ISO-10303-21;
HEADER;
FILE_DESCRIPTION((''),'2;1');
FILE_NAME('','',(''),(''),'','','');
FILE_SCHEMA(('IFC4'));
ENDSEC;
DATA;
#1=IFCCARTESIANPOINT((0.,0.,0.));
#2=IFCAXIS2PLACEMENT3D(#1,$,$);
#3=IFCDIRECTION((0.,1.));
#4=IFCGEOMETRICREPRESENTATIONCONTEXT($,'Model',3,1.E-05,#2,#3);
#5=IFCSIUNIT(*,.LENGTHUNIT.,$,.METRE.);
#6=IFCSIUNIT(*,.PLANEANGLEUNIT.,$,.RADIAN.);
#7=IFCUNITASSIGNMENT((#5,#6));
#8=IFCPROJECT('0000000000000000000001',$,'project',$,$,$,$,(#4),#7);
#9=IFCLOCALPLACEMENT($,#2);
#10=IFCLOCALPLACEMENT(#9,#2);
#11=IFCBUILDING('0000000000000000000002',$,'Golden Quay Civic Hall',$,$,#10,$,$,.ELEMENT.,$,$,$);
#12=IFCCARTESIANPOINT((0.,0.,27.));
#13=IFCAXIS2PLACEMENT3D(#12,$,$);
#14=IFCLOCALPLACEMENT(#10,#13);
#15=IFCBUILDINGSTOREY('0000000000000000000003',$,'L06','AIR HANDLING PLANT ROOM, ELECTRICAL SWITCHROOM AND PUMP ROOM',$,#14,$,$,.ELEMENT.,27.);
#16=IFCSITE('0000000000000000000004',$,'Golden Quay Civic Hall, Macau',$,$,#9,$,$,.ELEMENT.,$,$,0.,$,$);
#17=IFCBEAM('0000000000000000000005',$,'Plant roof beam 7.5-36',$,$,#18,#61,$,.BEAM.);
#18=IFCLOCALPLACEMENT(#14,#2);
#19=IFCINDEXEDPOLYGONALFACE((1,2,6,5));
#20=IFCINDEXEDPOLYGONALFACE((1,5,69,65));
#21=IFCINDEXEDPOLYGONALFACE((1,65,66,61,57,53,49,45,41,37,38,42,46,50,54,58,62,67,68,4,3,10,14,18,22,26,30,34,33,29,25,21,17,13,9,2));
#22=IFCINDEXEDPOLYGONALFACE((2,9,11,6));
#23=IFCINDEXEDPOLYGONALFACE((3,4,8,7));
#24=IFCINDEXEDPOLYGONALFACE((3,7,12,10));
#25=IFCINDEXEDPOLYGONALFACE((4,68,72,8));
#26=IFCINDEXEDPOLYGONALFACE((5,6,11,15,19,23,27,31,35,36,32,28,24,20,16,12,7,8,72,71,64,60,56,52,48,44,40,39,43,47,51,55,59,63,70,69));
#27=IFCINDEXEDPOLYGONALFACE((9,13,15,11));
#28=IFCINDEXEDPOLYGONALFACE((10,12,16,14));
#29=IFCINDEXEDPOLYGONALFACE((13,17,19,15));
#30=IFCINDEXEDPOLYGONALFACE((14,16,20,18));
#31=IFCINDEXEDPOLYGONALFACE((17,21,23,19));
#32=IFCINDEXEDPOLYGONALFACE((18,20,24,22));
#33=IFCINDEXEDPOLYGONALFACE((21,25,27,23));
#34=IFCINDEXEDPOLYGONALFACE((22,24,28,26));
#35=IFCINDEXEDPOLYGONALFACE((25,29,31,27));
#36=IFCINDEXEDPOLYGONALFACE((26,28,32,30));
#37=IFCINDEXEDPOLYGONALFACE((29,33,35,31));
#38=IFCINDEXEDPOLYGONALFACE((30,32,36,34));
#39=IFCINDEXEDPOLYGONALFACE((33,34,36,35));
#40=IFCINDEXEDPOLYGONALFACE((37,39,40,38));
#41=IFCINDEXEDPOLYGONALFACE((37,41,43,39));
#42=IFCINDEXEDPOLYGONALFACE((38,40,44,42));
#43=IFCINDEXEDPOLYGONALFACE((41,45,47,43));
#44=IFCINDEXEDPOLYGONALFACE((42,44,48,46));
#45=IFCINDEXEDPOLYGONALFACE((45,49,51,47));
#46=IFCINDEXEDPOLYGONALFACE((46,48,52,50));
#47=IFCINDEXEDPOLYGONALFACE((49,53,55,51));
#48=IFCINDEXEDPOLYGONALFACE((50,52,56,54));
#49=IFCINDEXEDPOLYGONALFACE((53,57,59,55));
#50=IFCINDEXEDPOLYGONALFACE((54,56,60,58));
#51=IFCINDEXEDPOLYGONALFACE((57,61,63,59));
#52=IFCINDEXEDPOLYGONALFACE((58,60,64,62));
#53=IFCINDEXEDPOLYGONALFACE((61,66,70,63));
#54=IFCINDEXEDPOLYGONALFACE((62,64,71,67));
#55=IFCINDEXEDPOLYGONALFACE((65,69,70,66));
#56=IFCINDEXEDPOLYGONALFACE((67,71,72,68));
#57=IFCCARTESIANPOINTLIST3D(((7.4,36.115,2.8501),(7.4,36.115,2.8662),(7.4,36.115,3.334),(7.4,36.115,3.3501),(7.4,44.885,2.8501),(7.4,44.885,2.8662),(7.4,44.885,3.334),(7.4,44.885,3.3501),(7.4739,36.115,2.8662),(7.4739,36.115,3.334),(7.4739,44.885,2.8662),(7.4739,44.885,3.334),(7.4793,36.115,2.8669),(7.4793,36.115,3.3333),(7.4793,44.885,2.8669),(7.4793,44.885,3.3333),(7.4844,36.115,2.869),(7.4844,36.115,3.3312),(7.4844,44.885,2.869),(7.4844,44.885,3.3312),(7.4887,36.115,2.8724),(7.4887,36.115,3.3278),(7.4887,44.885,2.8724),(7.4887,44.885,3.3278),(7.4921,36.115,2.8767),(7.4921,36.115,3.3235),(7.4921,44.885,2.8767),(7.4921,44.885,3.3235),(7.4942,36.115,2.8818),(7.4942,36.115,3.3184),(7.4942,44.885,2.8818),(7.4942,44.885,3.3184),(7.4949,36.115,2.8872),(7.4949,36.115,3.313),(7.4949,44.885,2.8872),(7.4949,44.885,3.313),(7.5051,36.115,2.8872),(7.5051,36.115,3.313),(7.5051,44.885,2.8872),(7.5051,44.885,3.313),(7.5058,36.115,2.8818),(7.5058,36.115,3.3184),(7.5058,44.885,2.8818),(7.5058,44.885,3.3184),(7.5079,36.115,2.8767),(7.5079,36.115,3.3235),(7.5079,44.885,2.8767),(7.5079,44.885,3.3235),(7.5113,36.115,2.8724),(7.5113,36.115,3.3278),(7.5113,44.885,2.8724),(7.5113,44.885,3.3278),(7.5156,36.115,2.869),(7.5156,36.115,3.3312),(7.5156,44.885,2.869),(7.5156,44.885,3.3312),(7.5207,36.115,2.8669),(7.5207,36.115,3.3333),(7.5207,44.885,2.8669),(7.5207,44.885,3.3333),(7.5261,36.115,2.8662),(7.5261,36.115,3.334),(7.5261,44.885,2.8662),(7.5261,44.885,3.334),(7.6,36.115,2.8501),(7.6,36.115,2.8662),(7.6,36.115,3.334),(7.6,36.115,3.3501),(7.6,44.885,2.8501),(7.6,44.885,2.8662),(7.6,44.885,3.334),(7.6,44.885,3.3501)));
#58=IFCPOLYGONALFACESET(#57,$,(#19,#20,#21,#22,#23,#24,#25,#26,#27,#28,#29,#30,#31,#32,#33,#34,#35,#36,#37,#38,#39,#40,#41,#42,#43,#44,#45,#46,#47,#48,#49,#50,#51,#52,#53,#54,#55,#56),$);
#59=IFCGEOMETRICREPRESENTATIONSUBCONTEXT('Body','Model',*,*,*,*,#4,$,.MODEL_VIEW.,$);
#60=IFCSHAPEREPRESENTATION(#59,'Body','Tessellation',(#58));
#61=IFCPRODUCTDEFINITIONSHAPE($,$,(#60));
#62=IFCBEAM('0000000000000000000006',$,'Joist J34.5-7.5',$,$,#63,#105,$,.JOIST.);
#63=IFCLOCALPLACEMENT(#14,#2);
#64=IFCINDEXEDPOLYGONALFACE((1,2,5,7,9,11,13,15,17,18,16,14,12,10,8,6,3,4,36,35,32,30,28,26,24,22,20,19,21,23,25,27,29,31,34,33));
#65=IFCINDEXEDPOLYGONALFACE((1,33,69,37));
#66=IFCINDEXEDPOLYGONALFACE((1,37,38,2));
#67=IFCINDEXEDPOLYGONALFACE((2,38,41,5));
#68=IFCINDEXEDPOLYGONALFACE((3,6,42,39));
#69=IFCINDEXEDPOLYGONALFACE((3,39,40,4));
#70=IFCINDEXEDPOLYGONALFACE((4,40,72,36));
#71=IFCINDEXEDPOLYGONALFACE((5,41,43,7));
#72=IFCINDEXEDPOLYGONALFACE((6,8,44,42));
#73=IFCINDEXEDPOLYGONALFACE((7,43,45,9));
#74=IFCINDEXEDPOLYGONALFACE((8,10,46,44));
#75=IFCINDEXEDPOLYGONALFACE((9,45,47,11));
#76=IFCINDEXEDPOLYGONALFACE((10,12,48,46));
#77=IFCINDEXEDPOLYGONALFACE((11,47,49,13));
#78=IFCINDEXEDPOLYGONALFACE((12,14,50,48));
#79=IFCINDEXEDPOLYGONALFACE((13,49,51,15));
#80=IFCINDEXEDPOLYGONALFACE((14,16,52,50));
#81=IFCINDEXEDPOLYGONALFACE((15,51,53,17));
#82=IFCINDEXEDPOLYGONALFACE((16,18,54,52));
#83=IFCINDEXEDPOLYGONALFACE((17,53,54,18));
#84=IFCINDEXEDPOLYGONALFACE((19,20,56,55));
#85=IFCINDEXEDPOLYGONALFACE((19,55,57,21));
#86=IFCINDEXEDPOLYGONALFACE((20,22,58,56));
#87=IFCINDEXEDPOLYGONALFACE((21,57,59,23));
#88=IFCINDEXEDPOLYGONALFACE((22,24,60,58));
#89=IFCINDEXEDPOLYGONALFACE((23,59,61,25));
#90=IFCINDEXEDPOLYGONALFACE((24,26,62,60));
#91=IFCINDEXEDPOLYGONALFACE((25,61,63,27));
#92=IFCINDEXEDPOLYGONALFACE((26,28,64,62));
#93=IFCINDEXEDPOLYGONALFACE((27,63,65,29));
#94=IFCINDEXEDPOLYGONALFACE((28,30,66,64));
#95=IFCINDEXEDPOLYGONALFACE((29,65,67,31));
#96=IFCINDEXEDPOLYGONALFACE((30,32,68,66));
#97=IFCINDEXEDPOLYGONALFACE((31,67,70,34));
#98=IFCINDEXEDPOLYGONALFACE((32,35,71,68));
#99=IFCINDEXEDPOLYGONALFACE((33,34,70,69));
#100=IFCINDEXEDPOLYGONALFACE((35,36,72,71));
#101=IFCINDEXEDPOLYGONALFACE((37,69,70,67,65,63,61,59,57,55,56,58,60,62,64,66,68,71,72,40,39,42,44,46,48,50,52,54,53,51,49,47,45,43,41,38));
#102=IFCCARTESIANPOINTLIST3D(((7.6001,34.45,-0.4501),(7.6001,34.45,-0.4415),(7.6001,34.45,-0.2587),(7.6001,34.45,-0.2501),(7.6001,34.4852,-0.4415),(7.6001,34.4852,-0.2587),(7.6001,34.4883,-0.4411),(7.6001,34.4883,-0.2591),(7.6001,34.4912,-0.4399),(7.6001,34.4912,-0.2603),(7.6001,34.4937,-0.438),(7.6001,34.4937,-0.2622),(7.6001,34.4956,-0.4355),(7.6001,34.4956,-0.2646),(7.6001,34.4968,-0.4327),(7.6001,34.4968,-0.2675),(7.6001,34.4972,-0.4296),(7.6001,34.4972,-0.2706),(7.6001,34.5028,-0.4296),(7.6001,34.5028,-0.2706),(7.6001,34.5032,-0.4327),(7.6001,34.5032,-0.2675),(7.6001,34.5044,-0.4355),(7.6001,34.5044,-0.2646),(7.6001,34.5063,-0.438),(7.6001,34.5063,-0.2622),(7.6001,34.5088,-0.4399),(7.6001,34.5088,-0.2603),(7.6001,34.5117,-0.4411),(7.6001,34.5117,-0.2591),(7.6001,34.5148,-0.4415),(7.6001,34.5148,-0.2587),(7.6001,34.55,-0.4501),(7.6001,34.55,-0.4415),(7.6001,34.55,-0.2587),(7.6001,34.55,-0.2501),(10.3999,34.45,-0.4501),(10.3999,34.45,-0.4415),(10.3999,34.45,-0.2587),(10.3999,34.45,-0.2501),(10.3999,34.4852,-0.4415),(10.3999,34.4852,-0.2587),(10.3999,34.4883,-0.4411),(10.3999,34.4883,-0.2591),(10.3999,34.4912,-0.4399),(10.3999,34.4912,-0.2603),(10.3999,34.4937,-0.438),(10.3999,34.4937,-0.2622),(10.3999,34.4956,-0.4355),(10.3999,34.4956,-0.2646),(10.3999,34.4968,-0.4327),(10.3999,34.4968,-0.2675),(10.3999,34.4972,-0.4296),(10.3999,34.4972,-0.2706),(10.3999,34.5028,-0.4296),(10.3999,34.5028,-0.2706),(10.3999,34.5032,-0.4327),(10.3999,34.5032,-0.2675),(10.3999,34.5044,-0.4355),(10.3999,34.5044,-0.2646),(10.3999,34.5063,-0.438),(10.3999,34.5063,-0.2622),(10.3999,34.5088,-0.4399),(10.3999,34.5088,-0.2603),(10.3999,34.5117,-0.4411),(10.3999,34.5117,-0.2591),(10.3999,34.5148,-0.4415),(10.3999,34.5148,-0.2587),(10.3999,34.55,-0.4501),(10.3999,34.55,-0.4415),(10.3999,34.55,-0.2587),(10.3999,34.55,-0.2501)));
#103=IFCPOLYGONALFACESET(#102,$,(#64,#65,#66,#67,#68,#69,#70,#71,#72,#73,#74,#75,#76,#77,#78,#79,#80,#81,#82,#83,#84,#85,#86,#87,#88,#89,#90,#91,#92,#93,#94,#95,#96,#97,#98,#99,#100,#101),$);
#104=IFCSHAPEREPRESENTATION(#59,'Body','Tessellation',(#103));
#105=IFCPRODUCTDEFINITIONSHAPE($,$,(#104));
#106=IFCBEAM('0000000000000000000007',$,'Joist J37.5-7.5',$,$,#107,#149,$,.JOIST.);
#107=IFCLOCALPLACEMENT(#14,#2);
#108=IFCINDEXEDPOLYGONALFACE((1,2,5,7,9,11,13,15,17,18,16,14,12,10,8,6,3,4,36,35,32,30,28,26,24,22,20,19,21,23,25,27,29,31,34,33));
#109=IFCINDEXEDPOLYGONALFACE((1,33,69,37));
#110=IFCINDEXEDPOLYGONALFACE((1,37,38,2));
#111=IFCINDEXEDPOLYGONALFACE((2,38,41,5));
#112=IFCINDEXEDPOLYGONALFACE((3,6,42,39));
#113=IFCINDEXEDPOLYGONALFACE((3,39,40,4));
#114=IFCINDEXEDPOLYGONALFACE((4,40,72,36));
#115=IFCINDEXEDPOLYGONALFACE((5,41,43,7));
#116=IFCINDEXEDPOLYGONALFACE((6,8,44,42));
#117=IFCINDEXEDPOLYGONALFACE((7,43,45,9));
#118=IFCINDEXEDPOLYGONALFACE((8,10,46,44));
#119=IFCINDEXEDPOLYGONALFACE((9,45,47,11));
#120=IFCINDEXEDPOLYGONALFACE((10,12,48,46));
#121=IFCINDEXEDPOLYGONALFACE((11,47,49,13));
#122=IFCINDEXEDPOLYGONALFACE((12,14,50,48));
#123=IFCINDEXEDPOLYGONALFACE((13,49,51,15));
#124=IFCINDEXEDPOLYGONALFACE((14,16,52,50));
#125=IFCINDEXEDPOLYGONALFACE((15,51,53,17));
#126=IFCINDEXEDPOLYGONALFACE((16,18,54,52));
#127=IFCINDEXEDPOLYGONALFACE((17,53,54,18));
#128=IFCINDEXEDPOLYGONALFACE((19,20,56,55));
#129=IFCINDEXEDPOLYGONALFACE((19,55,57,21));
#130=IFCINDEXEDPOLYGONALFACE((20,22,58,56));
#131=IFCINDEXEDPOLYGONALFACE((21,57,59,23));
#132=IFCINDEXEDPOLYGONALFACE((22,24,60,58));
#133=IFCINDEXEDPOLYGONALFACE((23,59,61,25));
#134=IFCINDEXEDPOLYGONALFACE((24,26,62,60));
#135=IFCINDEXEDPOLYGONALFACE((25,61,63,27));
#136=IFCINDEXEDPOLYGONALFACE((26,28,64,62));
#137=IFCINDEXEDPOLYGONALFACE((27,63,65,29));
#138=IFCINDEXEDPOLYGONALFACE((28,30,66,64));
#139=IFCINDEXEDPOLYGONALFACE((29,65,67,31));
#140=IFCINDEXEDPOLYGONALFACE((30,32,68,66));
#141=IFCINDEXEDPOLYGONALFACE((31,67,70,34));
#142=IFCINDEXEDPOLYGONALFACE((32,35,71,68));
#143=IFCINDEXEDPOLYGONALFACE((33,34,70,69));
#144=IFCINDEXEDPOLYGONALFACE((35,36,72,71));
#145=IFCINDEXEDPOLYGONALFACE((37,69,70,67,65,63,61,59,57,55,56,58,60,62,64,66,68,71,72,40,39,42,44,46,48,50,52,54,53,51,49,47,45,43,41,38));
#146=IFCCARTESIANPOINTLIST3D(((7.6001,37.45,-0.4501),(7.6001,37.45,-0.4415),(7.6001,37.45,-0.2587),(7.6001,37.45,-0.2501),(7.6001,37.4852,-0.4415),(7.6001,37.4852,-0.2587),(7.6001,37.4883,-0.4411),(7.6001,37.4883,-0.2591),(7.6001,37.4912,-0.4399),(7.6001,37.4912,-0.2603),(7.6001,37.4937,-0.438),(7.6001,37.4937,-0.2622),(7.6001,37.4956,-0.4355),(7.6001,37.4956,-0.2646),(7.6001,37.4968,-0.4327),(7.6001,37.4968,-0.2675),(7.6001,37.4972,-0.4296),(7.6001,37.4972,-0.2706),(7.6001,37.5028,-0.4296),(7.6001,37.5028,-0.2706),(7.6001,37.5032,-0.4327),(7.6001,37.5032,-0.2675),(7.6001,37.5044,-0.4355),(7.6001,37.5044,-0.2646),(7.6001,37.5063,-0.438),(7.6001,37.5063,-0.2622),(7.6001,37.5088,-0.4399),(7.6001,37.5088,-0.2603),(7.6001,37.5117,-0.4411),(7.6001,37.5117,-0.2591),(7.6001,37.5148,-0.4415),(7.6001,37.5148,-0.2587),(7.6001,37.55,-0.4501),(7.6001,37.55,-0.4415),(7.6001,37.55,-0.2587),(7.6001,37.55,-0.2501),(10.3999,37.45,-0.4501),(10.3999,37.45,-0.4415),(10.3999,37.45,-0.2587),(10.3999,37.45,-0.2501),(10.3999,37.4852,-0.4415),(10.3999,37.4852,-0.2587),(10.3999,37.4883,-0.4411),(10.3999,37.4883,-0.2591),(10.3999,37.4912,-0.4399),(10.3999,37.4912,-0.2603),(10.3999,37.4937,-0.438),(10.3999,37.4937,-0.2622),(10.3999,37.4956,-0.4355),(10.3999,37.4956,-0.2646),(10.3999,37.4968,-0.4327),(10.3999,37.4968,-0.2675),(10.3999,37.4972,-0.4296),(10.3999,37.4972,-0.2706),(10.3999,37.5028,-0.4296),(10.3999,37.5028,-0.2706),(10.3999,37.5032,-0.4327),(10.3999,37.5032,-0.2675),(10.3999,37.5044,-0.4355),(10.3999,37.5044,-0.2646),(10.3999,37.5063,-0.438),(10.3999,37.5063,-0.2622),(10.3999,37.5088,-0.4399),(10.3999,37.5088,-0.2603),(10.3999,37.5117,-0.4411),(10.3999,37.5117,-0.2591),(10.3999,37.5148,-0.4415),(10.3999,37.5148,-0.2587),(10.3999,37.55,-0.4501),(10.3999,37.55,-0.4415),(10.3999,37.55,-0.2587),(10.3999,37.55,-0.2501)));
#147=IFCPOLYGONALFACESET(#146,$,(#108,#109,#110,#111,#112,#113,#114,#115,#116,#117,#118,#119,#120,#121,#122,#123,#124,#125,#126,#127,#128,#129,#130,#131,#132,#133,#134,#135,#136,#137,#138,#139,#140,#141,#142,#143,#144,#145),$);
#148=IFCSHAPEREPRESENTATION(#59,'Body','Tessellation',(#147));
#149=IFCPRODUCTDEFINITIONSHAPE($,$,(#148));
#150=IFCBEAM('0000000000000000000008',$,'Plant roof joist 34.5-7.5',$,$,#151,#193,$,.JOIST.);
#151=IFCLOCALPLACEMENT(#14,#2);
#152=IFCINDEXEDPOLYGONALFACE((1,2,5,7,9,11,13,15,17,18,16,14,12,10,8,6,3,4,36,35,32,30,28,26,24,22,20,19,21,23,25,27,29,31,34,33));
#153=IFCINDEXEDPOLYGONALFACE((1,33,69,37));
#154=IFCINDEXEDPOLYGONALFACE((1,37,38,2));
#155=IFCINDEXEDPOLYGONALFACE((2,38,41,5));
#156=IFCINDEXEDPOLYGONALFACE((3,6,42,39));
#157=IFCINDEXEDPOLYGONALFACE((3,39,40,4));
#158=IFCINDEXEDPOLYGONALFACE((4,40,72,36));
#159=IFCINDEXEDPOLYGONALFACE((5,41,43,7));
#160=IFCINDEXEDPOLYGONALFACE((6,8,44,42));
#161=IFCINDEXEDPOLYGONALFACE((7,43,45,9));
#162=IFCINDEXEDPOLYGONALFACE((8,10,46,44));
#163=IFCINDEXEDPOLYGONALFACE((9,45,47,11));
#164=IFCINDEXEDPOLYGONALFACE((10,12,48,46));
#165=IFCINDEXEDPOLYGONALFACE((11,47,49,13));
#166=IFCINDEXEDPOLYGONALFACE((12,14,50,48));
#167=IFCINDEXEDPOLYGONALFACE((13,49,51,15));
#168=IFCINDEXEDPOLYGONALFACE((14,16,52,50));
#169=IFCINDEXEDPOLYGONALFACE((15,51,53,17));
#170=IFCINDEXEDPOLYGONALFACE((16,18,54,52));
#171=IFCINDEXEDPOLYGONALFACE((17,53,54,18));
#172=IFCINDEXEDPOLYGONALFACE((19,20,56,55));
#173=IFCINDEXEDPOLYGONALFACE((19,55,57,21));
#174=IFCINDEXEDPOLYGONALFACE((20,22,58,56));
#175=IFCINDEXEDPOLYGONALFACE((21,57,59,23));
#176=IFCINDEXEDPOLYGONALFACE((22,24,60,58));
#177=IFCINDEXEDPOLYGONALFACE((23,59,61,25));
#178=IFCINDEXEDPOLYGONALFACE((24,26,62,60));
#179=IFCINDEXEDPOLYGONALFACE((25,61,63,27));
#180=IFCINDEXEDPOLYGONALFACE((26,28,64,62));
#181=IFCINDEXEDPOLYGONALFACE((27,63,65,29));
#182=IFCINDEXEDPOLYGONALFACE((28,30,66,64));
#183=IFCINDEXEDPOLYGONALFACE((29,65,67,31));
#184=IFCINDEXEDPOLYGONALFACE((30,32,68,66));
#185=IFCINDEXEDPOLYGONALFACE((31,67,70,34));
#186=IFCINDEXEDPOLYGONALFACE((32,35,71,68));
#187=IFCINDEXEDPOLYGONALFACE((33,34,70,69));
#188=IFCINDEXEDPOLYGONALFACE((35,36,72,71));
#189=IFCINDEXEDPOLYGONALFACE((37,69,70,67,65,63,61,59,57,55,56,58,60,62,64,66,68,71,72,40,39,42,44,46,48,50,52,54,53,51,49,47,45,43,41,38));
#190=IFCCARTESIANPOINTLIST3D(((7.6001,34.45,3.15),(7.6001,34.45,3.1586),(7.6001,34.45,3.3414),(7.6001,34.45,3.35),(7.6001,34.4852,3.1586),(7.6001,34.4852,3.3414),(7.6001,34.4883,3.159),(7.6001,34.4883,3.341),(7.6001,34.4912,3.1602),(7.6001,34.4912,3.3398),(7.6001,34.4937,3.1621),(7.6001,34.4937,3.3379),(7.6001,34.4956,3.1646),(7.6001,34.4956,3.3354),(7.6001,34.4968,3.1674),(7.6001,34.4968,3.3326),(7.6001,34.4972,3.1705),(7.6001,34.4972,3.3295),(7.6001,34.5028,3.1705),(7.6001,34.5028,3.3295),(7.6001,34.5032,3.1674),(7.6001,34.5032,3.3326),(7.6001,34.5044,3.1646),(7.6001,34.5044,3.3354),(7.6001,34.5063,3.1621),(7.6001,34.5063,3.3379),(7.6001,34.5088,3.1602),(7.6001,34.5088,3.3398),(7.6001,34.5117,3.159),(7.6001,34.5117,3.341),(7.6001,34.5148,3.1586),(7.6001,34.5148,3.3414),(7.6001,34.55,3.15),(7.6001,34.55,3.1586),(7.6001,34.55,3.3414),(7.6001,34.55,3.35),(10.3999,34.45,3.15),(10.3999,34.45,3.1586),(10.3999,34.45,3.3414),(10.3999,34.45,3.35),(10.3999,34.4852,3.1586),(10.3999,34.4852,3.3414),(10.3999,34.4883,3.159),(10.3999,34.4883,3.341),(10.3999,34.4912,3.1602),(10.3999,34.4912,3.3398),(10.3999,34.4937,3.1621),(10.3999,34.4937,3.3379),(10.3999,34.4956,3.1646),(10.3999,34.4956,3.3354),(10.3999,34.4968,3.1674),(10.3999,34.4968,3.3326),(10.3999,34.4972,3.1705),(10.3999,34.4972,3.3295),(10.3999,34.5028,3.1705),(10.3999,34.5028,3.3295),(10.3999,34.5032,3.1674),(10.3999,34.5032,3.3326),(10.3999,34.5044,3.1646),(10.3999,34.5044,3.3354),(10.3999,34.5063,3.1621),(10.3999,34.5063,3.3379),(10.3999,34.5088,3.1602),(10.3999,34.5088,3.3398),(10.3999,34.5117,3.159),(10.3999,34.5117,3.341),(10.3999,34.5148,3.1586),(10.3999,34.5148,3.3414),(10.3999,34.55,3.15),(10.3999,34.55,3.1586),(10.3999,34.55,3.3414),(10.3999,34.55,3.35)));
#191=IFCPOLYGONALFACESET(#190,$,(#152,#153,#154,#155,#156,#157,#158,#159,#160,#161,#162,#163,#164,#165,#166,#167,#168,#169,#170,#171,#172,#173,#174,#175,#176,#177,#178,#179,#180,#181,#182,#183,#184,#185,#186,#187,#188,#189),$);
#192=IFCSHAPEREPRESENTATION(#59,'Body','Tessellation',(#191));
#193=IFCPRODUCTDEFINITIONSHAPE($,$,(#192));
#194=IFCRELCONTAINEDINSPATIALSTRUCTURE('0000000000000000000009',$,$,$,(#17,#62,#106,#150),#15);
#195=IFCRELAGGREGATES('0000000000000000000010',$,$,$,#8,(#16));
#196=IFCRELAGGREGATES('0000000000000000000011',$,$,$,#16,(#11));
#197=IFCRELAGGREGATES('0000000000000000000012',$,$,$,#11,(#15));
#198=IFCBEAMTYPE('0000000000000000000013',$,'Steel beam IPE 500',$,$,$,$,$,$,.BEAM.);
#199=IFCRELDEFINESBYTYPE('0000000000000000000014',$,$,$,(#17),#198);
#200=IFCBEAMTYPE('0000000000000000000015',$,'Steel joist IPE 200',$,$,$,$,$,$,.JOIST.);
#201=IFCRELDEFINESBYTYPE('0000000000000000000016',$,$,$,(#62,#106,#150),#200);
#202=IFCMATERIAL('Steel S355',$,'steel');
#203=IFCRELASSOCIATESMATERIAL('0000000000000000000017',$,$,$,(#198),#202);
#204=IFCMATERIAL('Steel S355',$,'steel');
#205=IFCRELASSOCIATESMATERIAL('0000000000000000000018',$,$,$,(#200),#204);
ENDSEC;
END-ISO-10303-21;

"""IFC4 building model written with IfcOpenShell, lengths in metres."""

from ifc_helpers import new_model, si_unit, direction, frame, origin, origin_2d, place, context, subcontext, project, spatial, i_section, extrude, material, material_profile, profile_set, type_object, element, save


model = new_model("IFC4")

# Units and contexts
model_context = context("Model", 3, precision=1e-05, world=origin(), true_north=direction((0.0, 1.0)))
body_context = subcontext(model_context, "Body", "Model", "MODEL_VIEW")
ifc_project = project(units=[si_unit("LENGTHUNIT", "METRE"), si_unit("PLANEANGLEUNIT", "RADIAN")], contexts=[model_context])

# Site, building, storey
site_placement = place(None, origin())
site = spatial("IfcSite", under=ifc_project, at=site_placement, Name="Golden Quay Civic Hall, Macau", CompositionType="ELEMENT", RefElevation=0.0)
building_placement = place(site_placement, origin())
building = spatial("IfcBuilding", under=site, at=building_placement, Name="Golden Quay Civic Hall", CompositionType="ELEMENT")
storey_placement = place(building_placement, frame((0.0, 0.0, 27.0)))
storey = spatial("IfcBuildingStorey", under=building, at=storey_placement, Name="L06", Description="AIR HANDLING PLANT ROOM, ELECTRICAL SWITCHROOM AND PUMP ROOM", CompositionType="ELEMENT", Elevation=27.0)

# Beams
ifc_material_1 = material(Name="Steel S355", Category="steel")
ifc_material_profile_1 = material_profile(ifc_material_1, i_section(OverallWidth=0.2, OverallDepth=0.5, WebThickness=0.0103, FlangeThickness=0.0161, FilletRadius=0.021, at=origin_2d()), Name="IPE 500")
ifc_profile_set_1 = profile_set([ifc_material_profile_1], Name="Steel S355")
beam_type_1 = type_object("IfcBeamType", Name="Steel beam IPE 500", PredefinedType="BEAM", material=ifc_profile_set_1)
for number, where, z_axis, x_axis, name in (
    (1, (7.5, 36.115, 3.1001), (0.0, 1.0, 0.0), (-1.0, 0.0, 0.0), "Plant roof beam 7.5-36"),
):
    element("IfcBeam", number, at=place(storey_placement, frame(where, z_axis=z_axis, x_axis=x_axis)), inside=storey, type_object=beam_type_1, Name=name, PredefinedType="BEAM", context=body_context, shape_type="SweptSolid", body=[
        extrude(i_section(OverallWidth=0.2, OverallDepth=0.5, WebThickness=0.0103, FlangeThickness=0.0161, FilletRadius=0.021, at=origin_2d()), origin(), (0.0, 0.0, 1.0), 8.77),
    ])
ifc_material_2 = material(Name="Steel S355", Category="steel")
ifc_material_profile_2 = material_profile(ifc_material_2, i_section(OverallWidth=0.1001, OverallDepth=0.2, WebThickness=0.0056, FlangeThickness=0.0085, FilletRadius=0.012, at=origin_2d()), Name="IPE 200")
ifc_profile_set_2 = profile_set([ifc_material_profile_2], Name="Steel S355")
beam_type_2 = type_object("IfcBeamType", Name="Steel joist IPE 200", PredefinedType="JOIST", material=ifc_profile_set_2)
for number, where, z_axis, x_axis, name in (
    (2, (7.6001, 34.5, -0.3501), (1.0, 0.0, 0.0), (0.0, 1.0, 0.0), "Joist J34.5-7.5"),
    (3, (7.6001, 37.5, -0.3501), (1.0, 0.0, 0.0), (0.0, 1.0, 0.0), "Joist J37.5-7.5"),
    (4, (7.6001, 34.5, 3.25), (1.0, 0.0, 0.0), (0.0, 1.0, 0.0), "Plant roof joist 34.5-7.5"),
):
    element("IfcBeam", number, at=place(storey_placement, frame(where, z_axis=z_axis, x_axis=x_axis)), inside=storey, type_object=beam_type_2, Name=name, PredefinedType="JOIST", context=body_context, shape_type="SweptSolid", body=[
        extrude(i_section(OverallWidth=0.1001, OverallDepth=0.2, WebThickness=0.0056, FlangeThickness=0.0085, FilletRadius=0.012, at=origin_2d()), origin(), (0.0, 0.0, 1.0), 2.7998),
    ])

save(model, "model.ifc")
